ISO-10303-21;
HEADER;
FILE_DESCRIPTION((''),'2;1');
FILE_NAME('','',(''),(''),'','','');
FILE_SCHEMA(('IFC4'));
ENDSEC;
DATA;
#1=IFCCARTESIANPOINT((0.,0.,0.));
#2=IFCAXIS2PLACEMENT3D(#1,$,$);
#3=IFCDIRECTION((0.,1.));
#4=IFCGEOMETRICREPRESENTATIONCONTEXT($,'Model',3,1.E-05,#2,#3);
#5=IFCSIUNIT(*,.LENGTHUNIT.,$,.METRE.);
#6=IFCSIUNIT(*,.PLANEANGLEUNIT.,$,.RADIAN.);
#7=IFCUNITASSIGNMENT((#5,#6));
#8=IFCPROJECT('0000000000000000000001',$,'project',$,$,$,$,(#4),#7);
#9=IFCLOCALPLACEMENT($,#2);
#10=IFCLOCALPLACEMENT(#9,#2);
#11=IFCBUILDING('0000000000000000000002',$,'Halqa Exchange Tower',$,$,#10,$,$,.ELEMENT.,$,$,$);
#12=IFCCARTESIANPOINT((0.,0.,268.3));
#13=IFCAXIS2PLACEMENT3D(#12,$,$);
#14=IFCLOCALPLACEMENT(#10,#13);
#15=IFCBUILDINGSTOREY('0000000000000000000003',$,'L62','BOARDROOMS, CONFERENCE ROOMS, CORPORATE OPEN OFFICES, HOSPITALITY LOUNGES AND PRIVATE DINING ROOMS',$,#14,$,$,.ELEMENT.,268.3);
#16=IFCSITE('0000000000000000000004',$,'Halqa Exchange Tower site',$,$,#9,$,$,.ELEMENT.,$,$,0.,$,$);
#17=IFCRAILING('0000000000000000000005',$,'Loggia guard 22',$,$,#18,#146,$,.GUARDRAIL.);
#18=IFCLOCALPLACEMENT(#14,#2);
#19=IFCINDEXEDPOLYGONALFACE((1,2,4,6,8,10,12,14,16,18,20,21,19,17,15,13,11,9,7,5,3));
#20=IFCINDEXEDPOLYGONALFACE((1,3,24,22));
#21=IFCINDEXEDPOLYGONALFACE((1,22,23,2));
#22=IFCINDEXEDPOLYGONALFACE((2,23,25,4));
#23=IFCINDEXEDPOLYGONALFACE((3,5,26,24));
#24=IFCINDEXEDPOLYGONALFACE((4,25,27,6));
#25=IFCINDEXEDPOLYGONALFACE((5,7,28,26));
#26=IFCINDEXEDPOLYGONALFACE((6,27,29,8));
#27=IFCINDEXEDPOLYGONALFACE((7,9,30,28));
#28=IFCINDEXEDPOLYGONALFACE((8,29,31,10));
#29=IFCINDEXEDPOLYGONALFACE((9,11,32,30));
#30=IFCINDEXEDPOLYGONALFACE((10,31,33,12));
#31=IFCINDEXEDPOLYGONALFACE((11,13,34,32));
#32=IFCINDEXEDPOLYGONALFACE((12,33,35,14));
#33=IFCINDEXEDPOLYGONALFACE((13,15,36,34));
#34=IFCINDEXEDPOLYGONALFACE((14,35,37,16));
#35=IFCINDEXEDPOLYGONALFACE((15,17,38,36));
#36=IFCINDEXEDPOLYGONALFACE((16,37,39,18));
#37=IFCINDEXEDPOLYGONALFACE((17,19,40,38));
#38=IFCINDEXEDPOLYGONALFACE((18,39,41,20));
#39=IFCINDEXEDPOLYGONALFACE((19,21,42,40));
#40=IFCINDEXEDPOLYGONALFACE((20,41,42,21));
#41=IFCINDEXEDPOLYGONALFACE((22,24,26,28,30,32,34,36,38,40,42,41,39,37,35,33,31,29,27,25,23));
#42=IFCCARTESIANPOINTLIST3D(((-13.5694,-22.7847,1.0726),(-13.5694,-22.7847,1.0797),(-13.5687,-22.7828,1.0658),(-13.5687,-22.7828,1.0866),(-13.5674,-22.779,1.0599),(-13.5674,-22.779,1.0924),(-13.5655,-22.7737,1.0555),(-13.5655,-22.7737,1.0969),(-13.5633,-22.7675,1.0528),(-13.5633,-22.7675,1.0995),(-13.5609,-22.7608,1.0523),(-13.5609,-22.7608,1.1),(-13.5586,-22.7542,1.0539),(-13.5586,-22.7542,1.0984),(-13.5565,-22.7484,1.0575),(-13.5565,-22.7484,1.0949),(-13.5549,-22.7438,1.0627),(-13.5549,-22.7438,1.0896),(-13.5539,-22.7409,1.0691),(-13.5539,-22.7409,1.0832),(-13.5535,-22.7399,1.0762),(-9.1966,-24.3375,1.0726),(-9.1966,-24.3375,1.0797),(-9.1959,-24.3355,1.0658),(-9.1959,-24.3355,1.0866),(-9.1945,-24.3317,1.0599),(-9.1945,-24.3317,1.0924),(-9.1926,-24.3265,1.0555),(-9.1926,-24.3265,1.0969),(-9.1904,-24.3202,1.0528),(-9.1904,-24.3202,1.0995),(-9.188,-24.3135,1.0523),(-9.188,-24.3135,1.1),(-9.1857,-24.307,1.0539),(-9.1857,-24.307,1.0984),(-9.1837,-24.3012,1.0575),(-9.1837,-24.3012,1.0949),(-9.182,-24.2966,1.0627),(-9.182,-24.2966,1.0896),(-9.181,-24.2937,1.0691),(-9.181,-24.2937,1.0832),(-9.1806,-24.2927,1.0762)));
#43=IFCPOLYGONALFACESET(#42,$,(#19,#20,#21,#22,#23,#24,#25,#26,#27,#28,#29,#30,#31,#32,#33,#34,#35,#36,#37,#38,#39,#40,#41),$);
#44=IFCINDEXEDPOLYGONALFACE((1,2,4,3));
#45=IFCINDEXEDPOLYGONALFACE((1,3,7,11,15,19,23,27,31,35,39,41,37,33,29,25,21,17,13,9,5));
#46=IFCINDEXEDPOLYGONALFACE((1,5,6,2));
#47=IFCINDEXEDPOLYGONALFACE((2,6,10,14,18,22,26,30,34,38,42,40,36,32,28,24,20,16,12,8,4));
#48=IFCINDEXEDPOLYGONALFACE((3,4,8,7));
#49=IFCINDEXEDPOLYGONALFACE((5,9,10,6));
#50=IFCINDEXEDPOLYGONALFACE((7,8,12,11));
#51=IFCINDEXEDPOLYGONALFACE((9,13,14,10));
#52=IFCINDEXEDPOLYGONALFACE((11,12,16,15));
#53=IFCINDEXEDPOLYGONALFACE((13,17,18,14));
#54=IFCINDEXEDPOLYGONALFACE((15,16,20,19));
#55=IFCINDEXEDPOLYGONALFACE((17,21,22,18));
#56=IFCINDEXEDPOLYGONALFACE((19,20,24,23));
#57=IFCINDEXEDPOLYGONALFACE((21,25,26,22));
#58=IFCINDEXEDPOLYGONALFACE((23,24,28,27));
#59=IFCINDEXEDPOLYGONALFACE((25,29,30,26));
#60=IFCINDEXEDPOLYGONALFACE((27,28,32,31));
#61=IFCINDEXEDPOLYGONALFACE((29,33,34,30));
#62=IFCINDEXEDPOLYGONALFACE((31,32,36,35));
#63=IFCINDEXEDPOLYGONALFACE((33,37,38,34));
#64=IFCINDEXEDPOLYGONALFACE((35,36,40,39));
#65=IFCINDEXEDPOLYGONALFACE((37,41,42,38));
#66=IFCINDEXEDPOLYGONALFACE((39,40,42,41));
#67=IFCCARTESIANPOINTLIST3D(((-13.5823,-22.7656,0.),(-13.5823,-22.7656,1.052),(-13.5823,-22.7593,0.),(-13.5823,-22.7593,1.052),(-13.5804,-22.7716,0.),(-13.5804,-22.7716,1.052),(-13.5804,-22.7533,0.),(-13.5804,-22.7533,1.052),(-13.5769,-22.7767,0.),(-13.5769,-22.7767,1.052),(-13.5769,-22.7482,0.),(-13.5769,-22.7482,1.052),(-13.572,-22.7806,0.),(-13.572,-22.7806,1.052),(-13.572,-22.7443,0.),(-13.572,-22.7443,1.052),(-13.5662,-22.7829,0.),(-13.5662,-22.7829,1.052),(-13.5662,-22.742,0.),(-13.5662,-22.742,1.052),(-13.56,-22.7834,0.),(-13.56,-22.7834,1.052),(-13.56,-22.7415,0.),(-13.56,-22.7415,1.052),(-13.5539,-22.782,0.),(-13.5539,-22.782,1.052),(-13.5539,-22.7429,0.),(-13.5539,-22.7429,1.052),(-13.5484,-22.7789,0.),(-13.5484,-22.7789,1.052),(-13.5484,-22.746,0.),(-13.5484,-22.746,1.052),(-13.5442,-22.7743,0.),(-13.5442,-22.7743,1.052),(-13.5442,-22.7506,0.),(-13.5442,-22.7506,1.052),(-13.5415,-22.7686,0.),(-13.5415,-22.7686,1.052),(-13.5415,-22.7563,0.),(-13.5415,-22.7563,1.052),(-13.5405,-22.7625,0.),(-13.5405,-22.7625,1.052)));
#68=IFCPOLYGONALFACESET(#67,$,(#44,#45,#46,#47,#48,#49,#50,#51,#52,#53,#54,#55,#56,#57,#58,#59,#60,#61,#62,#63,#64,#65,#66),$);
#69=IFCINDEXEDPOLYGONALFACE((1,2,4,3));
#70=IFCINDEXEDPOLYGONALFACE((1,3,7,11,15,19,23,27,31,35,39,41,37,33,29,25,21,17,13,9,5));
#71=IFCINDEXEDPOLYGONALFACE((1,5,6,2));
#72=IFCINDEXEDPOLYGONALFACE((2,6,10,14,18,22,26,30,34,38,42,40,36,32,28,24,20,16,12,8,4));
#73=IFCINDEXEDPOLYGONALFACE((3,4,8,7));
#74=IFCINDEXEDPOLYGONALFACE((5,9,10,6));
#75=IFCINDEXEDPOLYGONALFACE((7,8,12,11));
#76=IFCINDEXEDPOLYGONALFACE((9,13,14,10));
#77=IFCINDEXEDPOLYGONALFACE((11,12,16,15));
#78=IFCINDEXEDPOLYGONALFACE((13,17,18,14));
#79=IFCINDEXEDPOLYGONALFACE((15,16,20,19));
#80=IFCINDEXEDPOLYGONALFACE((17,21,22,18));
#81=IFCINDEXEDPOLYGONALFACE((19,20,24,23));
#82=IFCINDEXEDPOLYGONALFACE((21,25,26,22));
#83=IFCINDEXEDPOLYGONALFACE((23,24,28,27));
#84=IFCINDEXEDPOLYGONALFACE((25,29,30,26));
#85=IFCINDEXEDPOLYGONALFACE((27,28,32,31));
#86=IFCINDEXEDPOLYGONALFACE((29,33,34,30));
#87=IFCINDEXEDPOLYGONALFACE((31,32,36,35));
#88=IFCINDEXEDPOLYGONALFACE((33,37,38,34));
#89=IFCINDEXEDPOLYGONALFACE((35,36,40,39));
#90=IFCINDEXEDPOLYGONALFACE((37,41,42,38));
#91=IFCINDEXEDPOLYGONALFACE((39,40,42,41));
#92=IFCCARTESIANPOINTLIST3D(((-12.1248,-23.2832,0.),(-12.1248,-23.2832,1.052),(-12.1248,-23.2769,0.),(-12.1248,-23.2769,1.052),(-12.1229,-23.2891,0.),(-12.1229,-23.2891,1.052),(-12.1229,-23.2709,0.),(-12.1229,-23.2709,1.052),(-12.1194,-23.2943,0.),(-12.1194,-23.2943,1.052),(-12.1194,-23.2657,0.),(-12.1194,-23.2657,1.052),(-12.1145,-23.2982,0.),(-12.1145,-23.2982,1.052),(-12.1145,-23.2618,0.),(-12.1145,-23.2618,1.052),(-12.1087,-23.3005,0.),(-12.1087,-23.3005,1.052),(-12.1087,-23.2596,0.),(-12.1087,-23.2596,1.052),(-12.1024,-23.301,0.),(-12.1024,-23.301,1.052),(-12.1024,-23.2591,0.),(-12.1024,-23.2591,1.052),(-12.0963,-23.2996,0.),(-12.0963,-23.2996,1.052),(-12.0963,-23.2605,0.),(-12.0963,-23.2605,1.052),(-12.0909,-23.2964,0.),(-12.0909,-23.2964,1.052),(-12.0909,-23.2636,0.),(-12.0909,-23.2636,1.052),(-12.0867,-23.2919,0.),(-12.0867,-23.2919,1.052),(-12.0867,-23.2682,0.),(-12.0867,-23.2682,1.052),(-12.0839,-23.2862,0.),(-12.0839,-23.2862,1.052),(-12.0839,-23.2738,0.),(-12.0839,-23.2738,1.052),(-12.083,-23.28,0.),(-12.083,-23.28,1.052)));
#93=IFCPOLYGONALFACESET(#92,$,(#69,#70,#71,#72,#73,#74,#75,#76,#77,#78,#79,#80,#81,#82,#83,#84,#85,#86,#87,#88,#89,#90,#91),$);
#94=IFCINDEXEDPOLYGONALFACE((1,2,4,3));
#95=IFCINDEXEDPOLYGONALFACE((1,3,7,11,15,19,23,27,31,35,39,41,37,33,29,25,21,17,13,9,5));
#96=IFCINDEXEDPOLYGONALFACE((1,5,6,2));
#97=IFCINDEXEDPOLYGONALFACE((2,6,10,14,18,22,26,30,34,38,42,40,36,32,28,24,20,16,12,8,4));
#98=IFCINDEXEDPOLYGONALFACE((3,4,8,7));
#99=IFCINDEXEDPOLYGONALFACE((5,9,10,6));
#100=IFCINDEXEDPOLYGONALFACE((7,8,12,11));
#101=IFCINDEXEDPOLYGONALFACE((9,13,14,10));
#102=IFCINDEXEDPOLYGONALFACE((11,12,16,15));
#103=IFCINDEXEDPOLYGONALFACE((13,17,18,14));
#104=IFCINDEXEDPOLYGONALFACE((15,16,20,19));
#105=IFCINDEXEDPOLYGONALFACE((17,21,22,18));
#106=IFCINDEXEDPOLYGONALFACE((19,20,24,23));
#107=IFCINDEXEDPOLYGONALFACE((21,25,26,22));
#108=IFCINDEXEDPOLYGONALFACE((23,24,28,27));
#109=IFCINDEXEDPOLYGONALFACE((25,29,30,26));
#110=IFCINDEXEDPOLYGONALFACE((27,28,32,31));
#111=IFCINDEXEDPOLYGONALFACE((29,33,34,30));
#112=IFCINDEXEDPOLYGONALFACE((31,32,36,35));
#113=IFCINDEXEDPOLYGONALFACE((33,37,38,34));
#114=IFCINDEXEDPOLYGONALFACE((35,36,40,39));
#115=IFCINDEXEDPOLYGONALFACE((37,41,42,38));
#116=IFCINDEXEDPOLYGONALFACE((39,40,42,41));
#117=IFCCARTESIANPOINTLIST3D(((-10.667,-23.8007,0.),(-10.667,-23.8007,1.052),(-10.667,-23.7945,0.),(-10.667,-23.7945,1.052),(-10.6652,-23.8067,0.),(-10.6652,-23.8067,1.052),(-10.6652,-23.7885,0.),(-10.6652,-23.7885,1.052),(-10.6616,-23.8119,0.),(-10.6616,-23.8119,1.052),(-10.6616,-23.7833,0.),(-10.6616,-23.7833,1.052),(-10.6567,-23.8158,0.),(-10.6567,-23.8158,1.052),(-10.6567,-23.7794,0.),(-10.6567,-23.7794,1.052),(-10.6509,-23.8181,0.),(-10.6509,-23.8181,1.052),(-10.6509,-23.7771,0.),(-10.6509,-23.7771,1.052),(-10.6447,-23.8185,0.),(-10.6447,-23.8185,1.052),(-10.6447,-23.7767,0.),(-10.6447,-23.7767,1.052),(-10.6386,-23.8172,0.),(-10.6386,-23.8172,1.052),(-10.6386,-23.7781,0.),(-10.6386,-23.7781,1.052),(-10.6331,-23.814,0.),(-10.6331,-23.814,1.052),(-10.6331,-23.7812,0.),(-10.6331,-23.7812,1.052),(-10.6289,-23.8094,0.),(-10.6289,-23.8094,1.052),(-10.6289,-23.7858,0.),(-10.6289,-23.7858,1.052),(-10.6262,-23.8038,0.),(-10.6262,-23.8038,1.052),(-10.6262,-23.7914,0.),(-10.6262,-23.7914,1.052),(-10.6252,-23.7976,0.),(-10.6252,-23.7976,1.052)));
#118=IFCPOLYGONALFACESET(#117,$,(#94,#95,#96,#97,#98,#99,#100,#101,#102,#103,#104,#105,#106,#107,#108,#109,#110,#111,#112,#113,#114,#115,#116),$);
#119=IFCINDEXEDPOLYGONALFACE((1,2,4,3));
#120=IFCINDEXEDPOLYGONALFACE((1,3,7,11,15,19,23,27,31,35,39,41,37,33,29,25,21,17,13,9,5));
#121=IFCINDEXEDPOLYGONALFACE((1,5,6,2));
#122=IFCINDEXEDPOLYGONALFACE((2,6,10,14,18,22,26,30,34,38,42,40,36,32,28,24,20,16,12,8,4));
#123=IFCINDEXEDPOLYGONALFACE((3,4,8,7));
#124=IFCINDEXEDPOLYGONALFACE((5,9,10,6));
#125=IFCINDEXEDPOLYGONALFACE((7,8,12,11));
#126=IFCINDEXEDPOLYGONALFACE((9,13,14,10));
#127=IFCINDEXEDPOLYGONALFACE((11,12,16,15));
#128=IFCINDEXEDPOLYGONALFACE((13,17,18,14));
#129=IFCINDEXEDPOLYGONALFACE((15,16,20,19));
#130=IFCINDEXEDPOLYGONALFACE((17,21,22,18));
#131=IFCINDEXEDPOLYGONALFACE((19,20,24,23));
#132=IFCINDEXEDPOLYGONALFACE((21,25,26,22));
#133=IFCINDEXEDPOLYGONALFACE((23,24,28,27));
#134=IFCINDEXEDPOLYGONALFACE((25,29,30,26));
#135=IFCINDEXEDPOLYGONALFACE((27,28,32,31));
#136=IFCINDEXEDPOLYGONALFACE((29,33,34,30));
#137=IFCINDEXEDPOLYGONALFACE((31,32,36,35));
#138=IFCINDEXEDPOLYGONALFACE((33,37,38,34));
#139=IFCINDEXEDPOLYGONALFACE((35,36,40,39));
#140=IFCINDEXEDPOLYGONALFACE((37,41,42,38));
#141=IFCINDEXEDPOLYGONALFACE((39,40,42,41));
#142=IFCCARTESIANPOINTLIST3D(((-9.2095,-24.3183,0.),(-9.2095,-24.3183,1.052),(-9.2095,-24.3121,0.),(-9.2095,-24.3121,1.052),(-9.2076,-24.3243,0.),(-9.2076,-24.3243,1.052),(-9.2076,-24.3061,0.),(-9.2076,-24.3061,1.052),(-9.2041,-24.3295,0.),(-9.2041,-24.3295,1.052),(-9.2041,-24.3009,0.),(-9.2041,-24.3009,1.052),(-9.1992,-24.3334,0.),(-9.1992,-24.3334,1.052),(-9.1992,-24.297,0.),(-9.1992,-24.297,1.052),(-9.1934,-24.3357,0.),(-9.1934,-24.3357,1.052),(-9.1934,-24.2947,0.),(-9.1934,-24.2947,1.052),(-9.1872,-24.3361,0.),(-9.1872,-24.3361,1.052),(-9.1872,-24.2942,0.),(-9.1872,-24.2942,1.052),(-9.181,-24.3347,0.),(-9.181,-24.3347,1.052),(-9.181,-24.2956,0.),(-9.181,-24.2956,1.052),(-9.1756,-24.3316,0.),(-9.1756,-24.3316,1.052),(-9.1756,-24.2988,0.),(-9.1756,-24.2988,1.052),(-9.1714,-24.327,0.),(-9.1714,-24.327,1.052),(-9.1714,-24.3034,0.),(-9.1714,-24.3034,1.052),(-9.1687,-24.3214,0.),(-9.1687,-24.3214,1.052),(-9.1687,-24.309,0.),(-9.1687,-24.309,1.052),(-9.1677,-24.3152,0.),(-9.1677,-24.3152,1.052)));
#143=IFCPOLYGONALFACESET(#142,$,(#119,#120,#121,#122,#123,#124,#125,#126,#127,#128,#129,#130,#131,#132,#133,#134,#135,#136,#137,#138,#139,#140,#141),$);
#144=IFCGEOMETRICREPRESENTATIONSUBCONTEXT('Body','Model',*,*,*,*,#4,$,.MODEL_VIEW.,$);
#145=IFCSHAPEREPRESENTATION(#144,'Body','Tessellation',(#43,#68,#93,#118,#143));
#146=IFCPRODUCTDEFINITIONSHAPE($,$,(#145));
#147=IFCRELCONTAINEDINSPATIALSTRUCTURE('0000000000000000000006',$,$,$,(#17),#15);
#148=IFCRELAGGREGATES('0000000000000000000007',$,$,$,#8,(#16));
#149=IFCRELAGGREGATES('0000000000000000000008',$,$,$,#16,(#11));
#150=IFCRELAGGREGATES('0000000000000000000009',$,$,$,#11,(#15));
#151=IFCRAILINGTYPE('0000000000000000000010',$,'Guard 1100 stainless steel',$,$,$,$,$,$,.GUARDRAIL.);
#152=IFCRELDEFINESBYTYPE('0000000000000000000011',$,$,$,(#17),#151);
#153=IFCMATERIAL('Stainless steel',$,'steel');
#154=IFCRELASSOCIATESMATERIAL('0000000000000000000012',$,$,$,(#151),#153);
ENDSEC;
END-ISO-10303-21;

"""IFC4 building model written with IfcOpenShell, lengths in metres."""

from ifc_helpers import new_model, si_unit, direction, frame, origin, origin_2d, place, context, subcontext, project, spatial, circle, extrude, material, type_object, element, save


model = new_model("IFC4")

# Units and contexts
model_context = context("Model", 3, precision=1e-05, world=origin(), true_north=direction((0.0, 1.0)))
body_context = subcontext(model_context, "Body", "Model", "MODEL_VIEW")
ifc_project = project(units=[si_unit("LENGTHUNIT", "METRE"), si_unit("PLANEANGLEUNIT", "RADIAN")], contexts=[model_context])

# Site, building, storey
site_placement = place(None, origin())
site = spatial("IfcSite", under=ifc_project, at=site_placement, Name="Halqa Exchange Tower site", CompositionType="ELEMENT", RefElevation=0.0)
building_placement = place(site_placement, origin())
building = spatial("IfcBuilding", under=site, at=building_placement, Name="Halqa Exchange Tower", CompositionType="ELEMENT")
storey_placement = place(building_placement, frame((0.0, 0.0, 268.3)))
storey = spatial("IfcBuildingStorey", under=building, at=storey_placement, Name="L62", Description="BOARDROOMS, CONFERENCE ROOMS, CORPORATE OPEN OFFICES, HOSPITALITY LOUNGES AND PRIVATE DINING ROOMS", CompositionType="ELEMENT", Elevation=268.3)

# Railing
ifc_material_1 = material(Name="Stainless steel", Category="steel")
railing_type = type_object("IfcRailingType", Name="Guard 1100 stainless steel", PredefinedType="GUARDRAIL", material=ifc_material_1)
railing_1_placement = place(storey_placement, frame((-13.5615, -22.7625, 0.0)))
element("IfcRailing", 1, at=railing_1_placement, inside=storey, type_object=railing_type, Name="Loggia guard 22", PredefinedType="GUARDRAIL", context=body_context, shape_type="SweptSolid", body=[
    extrude(circle(Radius=0.0239, at=origin_2d()), frame((0.0, 0.0, 1.0762), z_axis=(0.942353, -0.334619, 0.0), x_axis=(0.334619, 0.942353, 0.0)), (0.0, 0.0, 1.0), 4.6404),
    extrude(circle(Radius=0.021, at=origin_2d()), origin(), (0.0, 0.0, 1.0), 1.052),
    extrude(circle(Radius=0.021, at=origin_2d()), frame((1.4575, -0.5176, 0.0)), (0.0, 0.0, 1.0), 1.052),
    extrude(circle(Radius=0.021, at=origin_2d()), frame((2.9153, -1.0352, 0.0)), (0.0, 0.0, 1.0), 1.052),
    extrude(circle(Radius=0.021, at=origin_2d()), frame((4.3728, -1.5527, 0.0)), (0.0, 0.0, 1.0), 1.052),
])

save(model, "model.ifc")
